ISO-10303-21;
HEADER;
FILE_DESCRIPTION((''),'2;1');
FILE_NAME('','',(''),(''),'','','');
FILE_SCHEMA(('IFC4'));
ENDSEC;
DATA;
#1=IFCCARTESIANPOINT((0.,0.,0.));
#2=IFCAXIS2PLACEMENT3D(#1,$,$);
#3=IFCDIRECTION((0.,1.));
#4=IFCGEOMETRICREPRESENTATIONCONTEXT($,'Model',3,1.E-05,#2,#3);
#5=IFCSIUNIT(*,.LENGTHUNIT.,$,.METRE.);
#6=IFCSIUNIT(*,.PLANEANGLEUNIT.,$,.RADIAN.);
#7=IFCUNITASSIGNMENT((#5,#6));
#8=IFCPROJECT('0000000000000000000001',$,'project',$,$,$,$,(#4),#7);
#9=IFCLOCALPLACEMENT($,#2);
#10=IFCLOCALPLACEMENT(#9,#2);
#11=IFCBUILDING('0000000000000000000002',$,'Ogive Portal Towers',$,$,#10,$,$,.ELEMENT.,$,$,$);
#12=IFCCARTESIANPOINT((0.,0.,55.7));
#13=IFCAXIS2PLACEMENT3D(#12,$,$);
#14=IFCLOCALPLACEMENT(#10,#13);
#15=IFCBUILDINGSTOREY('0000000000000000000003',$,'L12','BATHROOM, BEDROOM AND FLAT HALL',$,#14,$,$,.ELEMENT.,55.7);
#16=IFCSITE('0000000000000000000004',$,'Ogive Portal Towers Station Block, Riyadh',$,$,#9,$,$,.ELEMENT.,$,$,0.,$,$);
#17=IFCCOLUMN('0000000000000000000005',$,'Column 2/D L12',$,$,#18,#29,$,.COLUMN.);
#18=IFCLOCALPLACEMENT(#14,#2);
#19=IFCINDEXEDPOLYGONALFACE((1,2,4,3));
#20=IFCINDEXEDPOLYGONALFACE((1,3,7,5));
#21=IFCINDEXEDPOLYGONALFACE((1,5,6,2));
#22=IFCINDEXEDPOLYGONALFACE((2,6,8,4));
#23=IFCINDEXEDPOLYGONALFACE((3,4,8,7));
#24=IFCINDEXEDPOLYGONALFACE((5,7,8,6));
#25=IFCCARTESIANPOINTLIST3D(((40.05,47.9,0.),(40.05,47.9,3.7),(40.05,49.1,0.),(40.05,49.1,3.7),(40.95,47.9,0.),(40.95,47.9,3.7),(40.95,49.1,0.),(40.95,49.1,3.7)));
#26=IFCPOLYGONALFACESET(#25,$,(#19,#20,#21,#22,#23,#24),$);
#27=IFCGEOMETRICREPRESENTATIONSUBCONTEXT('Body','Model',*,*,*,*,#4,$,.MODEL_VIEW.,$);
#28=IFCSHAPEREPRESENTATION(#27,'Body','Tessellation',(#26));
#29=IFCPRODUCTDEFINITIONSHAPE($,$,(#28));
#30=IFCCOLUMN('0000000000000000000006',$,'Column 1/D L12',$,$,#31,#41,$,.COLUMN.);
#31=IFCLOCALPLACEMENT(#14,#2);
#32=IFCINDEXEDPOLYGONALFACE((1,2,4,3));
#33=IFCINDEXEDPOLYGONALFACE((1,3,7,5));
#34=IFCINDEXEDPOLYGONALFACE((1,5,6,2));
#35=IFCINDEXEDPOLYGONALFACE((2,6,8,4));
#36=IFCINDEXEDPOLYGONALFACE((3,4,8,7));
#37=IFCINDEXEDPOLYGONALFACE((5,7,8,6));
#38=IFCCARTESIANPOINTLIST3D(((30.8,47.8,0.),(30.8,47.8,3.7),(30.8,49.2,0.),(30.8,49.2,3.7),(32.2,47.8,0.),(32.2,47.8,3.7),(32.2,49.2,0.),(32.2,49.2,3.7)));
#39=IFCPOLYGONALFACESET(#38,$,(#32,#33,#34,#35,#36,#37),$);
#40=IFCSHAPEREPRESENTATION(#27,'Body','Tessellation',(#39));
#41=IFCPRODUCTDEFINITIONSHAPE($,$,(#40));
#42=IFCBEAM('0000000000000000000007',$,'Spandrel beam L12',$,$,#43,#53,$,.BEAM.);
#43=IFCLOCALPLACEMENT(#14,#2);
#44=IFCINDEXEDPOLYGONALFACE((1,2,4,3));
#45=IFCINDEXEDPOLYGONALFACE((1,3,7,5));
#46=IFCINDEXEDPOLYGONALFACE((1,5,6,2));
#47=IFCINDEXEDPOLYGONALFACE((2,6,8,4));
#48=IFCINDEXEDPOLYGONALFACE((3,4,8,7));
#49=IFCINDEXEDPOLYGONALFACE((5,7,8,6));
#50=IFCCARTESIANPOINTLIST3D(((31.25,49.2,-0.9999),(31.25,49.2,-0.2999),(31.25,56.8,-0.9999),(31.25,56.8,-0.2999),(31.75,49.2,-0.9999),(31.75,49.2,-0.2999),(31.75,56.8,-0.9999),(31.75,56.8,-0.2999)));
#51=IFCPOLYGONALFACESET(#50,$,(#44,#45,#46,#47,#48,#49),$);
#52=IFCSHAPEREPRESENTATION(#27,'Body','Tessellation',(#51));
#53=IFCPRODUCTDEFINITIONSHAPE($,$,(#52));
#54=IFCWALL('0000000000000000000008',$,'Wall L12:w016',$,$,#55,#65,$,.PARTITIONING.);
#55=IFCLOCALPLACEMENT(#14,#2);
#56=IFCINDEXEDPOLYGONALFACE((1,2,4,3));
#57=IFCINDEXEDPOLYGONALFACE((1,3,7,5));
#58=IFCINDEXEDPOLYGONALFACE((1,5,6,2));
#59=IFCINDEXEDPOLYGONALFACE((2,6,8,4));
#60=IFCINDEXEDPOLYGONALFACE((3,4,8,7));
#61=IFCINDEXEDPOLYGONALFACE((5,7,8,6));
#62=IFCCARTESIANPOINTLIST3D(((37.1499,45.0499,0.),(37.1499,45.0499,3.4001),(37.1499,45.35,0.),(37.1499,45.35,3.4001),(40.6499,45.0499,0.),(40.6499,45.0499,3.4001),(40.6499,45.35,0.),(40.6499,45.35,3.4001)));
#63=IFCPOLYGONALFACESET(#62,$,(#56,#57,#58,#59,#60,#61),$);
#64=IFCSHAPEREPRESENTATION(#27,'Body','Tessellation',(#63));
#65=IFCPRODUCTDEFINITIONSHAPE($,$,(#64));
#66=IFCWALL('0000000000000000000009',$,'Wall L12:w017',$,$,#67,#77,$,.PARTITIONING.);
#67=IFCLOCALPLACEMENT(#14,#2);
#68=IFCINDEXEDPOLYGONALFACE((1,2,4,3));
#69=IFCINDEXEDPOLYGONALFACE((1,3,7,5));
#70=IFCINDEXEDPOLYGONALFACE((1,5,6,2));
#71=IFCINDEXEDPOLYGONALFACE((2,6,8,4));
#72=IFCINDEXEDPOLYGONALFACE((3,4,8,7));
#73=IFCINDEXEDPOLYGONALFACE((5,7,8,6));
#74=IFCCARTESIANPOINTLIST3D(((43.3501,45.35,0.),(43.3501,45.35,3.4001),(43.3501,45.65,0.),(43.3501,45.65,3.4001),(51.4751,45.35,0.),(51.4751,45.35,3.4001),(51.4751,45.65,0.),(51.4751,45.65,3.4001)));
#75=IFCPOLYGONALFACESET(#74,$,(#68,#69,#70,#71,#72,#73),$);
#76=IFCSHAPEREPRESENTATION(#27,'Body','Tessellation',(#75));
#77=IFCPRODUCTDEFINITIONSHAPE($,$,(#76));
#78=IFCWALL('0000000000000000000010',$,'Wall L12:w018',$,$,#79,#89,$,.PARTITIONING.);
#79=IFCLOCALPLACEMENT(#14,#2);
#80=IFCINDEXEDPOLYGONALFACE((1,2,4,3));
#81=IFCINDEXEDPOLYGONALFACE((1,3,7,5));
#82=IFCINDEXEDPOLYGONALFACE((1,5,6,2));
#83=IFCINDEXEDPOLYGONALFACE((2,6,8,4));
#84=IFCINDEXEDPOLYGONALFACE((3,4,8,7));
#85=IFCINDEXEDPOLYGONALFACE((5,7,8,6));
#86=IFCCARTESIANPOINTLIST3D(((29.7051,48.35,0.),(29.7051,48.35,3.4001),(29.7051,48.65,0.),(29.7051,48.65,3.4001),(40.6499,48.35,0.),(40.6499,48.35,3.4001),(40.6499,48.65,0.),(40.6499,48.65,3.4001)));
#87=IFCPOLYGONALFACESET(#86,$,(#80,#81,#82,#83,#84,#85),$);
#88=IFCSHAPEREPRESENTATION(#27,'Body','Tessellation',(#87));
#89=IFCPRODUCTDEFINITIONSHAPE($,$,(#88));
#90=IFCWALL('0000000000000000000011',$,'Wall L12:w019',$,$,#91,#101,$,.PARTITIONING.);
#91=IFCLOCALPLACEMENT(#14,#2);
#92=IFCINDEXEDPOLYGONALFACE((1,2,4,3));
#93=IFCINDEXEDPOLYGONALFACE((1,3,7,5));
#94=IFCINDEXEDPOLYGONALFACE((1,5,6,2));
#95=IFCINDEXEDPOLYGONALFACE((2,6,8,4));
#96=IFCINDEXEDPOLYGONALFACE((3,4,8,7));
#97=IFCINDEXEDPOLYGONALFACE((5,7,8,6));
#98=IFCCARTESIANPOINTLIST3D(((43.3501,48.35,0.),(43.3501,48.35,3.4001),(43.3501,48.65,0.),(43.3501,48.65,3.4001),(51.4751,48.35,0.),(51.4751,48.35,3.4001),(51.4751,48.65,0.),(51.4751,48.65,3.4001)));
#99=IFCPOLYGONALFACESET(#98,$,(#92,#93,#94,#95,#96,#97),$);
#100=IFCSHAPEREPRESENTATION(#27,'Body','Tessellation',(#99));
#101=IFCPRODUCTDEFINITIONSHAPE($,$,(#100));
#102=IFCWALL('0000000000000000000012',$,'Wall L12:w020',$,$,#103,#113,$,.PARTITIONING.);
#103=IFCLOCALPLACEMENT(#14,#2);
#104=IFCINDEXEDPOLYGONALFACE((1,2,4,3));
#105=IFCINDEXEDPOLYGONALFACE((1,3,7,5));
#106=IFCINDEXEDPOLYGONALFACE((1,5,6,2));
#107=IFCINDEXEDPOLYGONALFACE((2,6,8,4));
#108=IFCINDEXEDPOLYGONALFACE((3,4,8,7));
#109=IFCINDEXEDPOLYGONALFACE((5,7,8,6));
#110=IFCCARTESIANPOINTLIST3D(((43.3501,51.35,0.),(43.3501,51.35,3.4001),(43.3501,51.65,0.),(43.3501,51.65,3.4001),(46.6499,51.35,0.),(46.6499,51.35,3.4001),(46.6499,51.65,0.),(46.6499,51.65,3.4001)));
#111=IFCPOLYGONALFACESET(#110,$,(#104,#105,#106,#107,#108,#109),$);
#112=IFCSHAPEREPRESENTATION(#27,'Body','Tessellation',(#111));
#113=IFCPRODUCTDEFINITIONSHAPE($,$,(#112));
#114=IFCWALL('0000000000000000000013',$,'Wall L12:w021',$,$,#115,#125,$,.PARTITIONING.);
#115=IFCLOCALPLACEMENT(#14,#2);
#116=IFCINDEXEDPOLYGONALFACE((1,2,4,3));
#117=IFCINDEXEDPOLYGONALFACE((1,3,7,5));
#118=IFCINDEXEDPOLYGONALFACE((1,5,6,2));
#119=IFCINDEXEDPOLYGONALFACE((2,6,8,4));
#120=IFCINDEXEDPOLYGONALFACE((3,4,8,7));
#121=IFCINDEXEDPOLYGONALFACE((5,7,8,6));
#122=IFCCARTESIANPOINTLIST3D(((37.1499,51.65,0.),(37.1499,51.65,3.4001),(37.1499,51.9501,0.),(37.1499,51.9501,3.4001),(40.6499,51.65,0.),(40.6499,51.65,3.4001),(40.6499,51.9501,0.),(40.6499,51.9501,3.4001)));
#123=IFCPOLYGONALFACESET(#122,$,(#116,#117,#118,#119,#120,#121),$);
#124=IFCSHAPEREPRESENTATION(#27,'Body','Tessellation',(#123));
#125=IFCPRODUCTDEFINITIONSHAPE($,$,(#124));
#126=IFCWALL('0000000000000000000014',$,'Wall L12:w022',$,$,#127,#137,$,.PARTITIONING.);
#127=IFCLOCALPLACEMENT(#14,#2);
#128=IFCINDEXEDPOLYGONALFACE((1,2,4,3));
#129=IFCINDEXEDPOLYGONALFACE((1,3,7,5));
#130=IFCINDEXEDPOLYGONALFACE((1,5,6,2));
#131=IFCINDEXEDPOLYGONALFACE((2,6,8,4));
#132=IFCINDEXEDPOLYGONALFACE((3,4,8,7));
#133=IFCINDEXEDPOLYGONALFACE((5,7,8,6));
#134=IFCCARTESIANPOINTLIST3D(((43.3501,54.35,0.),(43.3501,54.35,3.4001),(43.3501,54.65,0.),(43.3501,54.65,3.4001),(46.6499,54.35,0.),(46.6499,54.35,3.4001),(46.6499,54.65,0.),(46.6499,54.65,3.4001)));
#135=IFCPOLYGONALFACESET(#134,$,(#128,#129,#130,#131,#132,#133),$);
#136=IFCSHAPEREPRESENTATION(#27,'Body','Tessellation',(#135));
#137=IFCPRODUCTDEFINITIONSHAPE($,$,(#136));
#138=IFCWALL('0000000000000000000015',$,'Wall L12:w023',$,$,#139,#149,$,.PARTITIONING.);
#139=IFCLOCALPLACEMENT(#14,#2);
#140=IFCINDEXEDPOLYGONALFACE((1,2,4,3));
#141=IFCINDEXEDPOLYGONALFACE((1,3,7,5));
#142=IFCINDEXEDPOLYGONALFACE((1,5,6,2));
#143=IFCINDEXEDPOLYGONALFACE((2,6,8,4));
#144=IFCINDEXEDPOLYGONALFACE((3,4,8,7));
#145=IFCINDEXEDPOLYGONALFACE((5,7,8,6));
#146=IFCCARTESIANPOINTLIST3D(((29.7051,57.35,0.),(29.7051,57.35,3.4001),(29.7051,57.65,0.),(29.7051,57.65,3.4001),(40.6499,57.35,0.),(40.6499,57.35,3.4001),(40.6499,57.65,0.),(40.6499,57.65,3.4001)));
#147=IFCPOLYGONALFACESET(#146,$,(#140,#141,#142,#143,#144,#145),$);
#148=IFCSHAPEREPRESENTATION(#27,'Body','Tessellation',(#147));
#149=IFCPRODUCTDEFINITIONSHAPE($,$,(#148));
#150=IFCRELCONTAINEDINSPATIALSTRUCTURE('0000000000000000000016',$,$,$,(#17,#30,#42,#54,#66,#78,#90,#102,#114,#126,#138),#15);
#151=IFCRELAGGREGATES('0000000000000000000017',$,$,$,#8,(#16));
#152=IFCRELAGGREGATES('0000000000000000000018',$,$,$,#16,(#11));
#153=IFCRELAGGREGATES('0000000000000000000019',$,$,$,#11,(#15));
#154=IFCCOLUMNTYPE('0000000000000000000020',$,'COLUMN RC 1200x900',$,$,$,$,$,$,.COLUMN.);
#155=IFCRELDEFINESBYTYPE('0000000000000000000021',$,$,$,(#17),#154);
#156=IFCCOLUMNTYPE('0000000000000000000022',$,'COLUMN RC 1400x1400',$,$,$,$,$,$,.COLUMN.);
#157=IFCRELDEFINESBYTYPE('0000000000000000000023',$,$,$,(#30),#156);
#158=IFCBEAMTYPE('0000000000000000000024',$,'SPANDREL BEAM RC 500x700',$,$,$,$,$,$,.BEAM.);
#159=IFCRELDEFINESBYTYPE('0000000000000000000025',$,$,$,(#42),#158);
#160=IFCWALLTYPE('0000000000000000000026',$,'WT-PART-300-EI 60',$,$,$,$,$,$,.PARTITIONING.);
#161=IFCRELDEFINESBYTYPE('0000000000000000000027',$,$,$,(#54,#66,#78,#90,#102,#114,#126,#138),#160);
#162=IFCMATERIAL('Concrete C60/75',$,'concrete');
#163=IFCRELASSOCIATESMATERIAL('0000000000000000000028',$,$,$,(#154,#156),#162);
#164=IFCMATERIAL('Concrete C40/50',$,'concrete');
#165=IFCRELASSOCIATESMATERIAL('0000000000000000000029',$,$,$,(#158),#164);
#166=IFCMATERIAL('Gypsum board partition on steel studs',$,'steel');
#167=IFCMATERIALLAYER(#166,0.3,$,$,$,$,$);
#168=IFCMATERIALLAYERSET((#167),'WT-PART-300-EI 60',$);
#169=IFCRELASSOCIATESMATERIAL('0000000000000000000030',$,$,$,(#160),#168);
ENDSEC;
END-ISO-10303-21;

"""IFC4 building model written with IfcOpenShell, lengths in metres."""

from ifc_helpers import new_model, si_unit, direction, frame, frame_2d, origin, origin_2d, place, context, subcontext, project, spatial, rectangle, extrude, material, layer, layer_set, material_profile, profile_set, type_object, element, save


model = new_model("IFC4")

# Units and contexts
model_context = context("Model", 3, precision=1e-05, world=origin(), true_north=direction((0.0, 1.0)))
body_context = subcontext(model_context, "Body", "Model", "MODEL_VIEW")
ifc_project = project(units=[si_unit("LENGTHUNIT", "METRE"), si_unit("PLANEANGLEUNIT", "RADIAN")], contexts=[model_context])

# Site, building, storey
site_placement = place(None, origin())
site = spatial("IfcSite", under=ifc_project, at=site_placement, Name="Ogive Portal Towers Station Block, Riyadh", CompositionType="ELEMENT", RefElevation=0.0)
building_placement = place(site_placement, origin())
building = spatial("IfcBuilding", under=site, at=building_placement, Name="Ogive Portal Towers", CompositionType="ELEMENT")
storey_placement = place(building_placement, frame((0.0, 0.0, 55.7)))
storey = spatial("IfcBuildingStorey", under=building, at=storey_placement, Name="L12", Description="BATHROOM, BEDROOM AND FLAT HALL", CompositionType="ELEMENT", Elevation=55.7)

# Columns
ifc_material_1 = material(Name="Concrete C60/75", Category="concrete")
ifc_material_profile_1 = material_profile(ifc_material_1, rectangle(XDim=1.2, YDim=0.8999, at=origin_2d()), Name="RC 1200x900")
ifc_profile_set_1 = profile_set([ifc_material_profile_1], Name="Concrete C60/75")
column_type_1 = type_object("IfcColumnType", Name="COLUMN RC 1200x900", PredefinedType="COLUMN", material=ifc_profile_set_1)
column_1_placement = place(storey_placement, frame((40.5, 48.5, 0.0), z_axis=(0.0, 0.0, 1.0), x_axis=(0.0, 1.0, 0.0)))
element("IfcColumn", 1, at=column_1_placement, inside=storey, type_object=column_type_1, Name="Column 2/D L12", PredefinedType="COLUMN", context=body_context, shape_type="SweptSolid", body=[
    extrude(rectangle(XDim=1.2, YDim=0.8999, at=origin_2d()), origin(), (0.0, 0.0, 1.0), 3.7),
])
ifc_material_profile_2 = material_profile(ifc_material_1, rectangle(XDim=1.3999, YDim=1.3999, at=origin_2d()), Name="RC 1400x1400")
ifc_profile_set_2 = profile_set([ifc_material_profile_2], Name="Concrete C60/75")
column_type_2 = type_object("IfcColumnType", Name="COLUMN RC 1400x1400", PredefinedType="COLUMN", material=ifc_profile_set_2)
column_2_placement = place(storey_placement, frame((31.5, 48.5, 0.0), z_axis=(0.0, 0.0, 1.0), x_axis=(1.0, 0.0, 0.0)))
element("IfcColumn", 2, at=column_2_placement, inside=storey, type_object=column_type_2, Name="Column 1/D L12", PredefinedType="COLUMN", context=body_context, shape_type="SweptSolid", body=[
    extrude(rectangle(XDim=1.3999, YDim=1.3999, at=origin_2d()), origin(), (0.0, 0.0, 1.0), 3.7),
])

# Beam
ifc_material_2 = material(Name="Concrete C40/50", Category="concrete")
ifc_material_profile_3 = material_profile(ifc_material_2, rectangle(XDim=0.5, YDim=0.7, at=origin_2d()), Name="RC 500x700")
ifc_profile_set_3 = profile_set([ifc_material_profile_3], Name="Concrete C40/50")
beam_type = type_object("IfcBeamType", Name="SPANDREL BEAM RC 500x700", PredefinedType="BEAM", material=ifc_profile_set_3)
beam_placement = place(storey_placement, frame((31.5, 49.2, -0.6499), z_axis=(0.0, 1.0, 0.0), x_axis=(-1.0, 0.0, 0.0)))
element("IfcBeam", 3, at=beam_placement, inside=storey, type_object=beam_type, Name="Spandrel beam L12", PredefinedType="BEAM", context=body_context, shape_type="SweptSolid", body=[
    extrude(rectangle(XDim=0.5, YDim=0.7, at=origin_2d()), origin(), (0.0, 0.0, 1.0), 7.6001),
])

# Walls
ifc_material_3 = material(Name="Gypsum board partition on steel studs", Category="steel")
ifc_layer_1 = layer(ifc_material_3, 0.3)
ifc_layer_set_1 = layer_set([ifc_layer_1], Name="WT-PART-300-EI 60")
wall_type = type_object("IfcWallType", Name="WT-PART-300-EI 60", PredefinedType="PARTITIONING", material=ifc_layer_set_1)
wall_1_placement = place(storey_placement, frame((37.1499, 45.2, 0.0), z_axis=(0.0, 0.0, 1.0), x_axis=(1.0, 0.0, 0.0)))
element("IfcWall", 4, at=wall_1_placement, inside=storey, type_object=wall_type, Name="Wall L12:w016", PredefinedType="PARTITIONING", context=body_context, shape_type="SweptSolid", body=[
    extrude(rectangle(XDim=3.5, YDim=0.3, at=frame_2d((1.75, 0.0))), origin(), (0.0, 0.0, 1.0), 3.4001),
])
wall_2_placement = place(storey_placement, frame((43.3501, 45.5, 0.0), z_axis=(0.0, 0.0, 1.0), x_axis=(1.0, 0.0, 0.0)))
element("IfcWall", 5, at=wall_2_placement, inside=storey, type_object=wall_type, Name="Wall L12:w017", PredefinedType="PARTITIONING", context=body_context, shape_type="SweptSolid", body=[
    extrude(rectangle(XDim=8.125, YDim=0.3, at=frame_2d((4.0625, 0.0))), origin(), (0.0, 0.0, 1.0), 3.4001),
])
wall_3_placement = place(storey_placement, frame((29.7051, 48.5, 0.0), z_axis=(0.0, 0.0, 1.0), x_axis=(1.0, 0.0, 0.0)))
element("IfcWall", 6, at=wall_3_placement, inside=storey, type_object=wall_type, Name="Wall L12:w018", PredefinedType="PARTITIONING", context=body_context, shape_type="SweptSolid", body=[
    extrude(rectangle(XDim=10.9448, YDim=0.3, at=frame_2d((5.4724, 0.0))), origin(), (0.0, 0.0, 1.0), 3.4001),
])
wall_4_placement = place(storey_placement, frame((43.3501, 48.5, 0.0), z_axis=(0.0, 0.0, 1.0), x_axis=(1.0, 0.0, 0.0)))
element("IfcWall", 7, at=wall_4_placement, inside=storey, type_object=wall_type, Name="Wall L12:w019", PredefinedType="PARTITIONING", context=body_context, shape_type="SweptSolid", body=[
    extrude(rectangle(XDim=8.125, YDim=0.3, at=frame_2d((4.0625, 0.0))), origin(), (0.0, 0.0, 1.0), 3.4001),
])
wall_5_placement = place(storey_placement, frame((43.3501, 51.5, 0.0), z_axis=(0.0, 0.0, 1.0), x_axis=(1.0, 0.0, 0.0)))
element("IfcWall", 8, at=wall_5_placement, inside=storey, type_object=wall_type, Name="Wall L12:w020", PredefinedType="PARTITIONING", context=body_context, shape_type="SweptSolid", body=[
    extrude(rectangle(XDim=3.2998, YDim=0.3, at=frame_2d((1.6499, 0.0))), origin(), (0.0, 0.0, 1.0), 3.4001),
])
wall_6_placement = place(storey_placement, frame((37.1499, 51.8, 0.0), z_axis=(0.0, 0.0, 1.0), x_axis=(1.0, 0.0, 0.0)))
element("IfcWall", 9, at=wall_6_placement, inside=storey, type_object=wall_type, Name="Wall L12:w021", PredefinedType="PARTITIONING", context=body_context, shape_type="SweptSolid", body=[
    extrude(rectangle(XDim=3.5, YDim=0.3, at=frame_2d((1.75, 0.0))), origin(), (0.0, 0.0, 1.0), 3.4001),
])
wall_7_placement = place(storey_placement, frame((43.3501, 54.5, 0.0), z_axis=(0.0, 0.0, 1.0), x_axis=(1.0, 0.0, 0.0)))
element("IfcWall", 10, at=wall_7_placement, inside=storey, type_object=wall_type, Name="Wall L12:w022", PredefinedType="PARTITIONING", context=body_context, shape_type="SweptSolid", body=[
    extrude(rectangle(XDim=3.2998, YDim=0.3, at=frame_2d((1.6499, 0.0))), origin(), (0.0, 0.0, 1.0), 3.4001),
])
wall_8_placement = place(storey_placement, frame((29.7051, 57.5, 0.0), z_axis=(0.0, 0.0, 1.0), x_axis=(1.0, 0.0, 0.0)))
element("IfcWall", 11, at=wall_8_placement, inside=storey, type_object=wall_type, Name="Wall L12:w023", PredefinedType="PARTITIONING", context=body_context, shape_type="SweptSolid", body=[
    extrude(rectangle(XDim=10.9448, YDim=0.3, at=frame_2d((5.4724, 0.0))), origin(), (0.0, 0.0, 1.0), 3.4001),
])

save(model, "model.ifc")
